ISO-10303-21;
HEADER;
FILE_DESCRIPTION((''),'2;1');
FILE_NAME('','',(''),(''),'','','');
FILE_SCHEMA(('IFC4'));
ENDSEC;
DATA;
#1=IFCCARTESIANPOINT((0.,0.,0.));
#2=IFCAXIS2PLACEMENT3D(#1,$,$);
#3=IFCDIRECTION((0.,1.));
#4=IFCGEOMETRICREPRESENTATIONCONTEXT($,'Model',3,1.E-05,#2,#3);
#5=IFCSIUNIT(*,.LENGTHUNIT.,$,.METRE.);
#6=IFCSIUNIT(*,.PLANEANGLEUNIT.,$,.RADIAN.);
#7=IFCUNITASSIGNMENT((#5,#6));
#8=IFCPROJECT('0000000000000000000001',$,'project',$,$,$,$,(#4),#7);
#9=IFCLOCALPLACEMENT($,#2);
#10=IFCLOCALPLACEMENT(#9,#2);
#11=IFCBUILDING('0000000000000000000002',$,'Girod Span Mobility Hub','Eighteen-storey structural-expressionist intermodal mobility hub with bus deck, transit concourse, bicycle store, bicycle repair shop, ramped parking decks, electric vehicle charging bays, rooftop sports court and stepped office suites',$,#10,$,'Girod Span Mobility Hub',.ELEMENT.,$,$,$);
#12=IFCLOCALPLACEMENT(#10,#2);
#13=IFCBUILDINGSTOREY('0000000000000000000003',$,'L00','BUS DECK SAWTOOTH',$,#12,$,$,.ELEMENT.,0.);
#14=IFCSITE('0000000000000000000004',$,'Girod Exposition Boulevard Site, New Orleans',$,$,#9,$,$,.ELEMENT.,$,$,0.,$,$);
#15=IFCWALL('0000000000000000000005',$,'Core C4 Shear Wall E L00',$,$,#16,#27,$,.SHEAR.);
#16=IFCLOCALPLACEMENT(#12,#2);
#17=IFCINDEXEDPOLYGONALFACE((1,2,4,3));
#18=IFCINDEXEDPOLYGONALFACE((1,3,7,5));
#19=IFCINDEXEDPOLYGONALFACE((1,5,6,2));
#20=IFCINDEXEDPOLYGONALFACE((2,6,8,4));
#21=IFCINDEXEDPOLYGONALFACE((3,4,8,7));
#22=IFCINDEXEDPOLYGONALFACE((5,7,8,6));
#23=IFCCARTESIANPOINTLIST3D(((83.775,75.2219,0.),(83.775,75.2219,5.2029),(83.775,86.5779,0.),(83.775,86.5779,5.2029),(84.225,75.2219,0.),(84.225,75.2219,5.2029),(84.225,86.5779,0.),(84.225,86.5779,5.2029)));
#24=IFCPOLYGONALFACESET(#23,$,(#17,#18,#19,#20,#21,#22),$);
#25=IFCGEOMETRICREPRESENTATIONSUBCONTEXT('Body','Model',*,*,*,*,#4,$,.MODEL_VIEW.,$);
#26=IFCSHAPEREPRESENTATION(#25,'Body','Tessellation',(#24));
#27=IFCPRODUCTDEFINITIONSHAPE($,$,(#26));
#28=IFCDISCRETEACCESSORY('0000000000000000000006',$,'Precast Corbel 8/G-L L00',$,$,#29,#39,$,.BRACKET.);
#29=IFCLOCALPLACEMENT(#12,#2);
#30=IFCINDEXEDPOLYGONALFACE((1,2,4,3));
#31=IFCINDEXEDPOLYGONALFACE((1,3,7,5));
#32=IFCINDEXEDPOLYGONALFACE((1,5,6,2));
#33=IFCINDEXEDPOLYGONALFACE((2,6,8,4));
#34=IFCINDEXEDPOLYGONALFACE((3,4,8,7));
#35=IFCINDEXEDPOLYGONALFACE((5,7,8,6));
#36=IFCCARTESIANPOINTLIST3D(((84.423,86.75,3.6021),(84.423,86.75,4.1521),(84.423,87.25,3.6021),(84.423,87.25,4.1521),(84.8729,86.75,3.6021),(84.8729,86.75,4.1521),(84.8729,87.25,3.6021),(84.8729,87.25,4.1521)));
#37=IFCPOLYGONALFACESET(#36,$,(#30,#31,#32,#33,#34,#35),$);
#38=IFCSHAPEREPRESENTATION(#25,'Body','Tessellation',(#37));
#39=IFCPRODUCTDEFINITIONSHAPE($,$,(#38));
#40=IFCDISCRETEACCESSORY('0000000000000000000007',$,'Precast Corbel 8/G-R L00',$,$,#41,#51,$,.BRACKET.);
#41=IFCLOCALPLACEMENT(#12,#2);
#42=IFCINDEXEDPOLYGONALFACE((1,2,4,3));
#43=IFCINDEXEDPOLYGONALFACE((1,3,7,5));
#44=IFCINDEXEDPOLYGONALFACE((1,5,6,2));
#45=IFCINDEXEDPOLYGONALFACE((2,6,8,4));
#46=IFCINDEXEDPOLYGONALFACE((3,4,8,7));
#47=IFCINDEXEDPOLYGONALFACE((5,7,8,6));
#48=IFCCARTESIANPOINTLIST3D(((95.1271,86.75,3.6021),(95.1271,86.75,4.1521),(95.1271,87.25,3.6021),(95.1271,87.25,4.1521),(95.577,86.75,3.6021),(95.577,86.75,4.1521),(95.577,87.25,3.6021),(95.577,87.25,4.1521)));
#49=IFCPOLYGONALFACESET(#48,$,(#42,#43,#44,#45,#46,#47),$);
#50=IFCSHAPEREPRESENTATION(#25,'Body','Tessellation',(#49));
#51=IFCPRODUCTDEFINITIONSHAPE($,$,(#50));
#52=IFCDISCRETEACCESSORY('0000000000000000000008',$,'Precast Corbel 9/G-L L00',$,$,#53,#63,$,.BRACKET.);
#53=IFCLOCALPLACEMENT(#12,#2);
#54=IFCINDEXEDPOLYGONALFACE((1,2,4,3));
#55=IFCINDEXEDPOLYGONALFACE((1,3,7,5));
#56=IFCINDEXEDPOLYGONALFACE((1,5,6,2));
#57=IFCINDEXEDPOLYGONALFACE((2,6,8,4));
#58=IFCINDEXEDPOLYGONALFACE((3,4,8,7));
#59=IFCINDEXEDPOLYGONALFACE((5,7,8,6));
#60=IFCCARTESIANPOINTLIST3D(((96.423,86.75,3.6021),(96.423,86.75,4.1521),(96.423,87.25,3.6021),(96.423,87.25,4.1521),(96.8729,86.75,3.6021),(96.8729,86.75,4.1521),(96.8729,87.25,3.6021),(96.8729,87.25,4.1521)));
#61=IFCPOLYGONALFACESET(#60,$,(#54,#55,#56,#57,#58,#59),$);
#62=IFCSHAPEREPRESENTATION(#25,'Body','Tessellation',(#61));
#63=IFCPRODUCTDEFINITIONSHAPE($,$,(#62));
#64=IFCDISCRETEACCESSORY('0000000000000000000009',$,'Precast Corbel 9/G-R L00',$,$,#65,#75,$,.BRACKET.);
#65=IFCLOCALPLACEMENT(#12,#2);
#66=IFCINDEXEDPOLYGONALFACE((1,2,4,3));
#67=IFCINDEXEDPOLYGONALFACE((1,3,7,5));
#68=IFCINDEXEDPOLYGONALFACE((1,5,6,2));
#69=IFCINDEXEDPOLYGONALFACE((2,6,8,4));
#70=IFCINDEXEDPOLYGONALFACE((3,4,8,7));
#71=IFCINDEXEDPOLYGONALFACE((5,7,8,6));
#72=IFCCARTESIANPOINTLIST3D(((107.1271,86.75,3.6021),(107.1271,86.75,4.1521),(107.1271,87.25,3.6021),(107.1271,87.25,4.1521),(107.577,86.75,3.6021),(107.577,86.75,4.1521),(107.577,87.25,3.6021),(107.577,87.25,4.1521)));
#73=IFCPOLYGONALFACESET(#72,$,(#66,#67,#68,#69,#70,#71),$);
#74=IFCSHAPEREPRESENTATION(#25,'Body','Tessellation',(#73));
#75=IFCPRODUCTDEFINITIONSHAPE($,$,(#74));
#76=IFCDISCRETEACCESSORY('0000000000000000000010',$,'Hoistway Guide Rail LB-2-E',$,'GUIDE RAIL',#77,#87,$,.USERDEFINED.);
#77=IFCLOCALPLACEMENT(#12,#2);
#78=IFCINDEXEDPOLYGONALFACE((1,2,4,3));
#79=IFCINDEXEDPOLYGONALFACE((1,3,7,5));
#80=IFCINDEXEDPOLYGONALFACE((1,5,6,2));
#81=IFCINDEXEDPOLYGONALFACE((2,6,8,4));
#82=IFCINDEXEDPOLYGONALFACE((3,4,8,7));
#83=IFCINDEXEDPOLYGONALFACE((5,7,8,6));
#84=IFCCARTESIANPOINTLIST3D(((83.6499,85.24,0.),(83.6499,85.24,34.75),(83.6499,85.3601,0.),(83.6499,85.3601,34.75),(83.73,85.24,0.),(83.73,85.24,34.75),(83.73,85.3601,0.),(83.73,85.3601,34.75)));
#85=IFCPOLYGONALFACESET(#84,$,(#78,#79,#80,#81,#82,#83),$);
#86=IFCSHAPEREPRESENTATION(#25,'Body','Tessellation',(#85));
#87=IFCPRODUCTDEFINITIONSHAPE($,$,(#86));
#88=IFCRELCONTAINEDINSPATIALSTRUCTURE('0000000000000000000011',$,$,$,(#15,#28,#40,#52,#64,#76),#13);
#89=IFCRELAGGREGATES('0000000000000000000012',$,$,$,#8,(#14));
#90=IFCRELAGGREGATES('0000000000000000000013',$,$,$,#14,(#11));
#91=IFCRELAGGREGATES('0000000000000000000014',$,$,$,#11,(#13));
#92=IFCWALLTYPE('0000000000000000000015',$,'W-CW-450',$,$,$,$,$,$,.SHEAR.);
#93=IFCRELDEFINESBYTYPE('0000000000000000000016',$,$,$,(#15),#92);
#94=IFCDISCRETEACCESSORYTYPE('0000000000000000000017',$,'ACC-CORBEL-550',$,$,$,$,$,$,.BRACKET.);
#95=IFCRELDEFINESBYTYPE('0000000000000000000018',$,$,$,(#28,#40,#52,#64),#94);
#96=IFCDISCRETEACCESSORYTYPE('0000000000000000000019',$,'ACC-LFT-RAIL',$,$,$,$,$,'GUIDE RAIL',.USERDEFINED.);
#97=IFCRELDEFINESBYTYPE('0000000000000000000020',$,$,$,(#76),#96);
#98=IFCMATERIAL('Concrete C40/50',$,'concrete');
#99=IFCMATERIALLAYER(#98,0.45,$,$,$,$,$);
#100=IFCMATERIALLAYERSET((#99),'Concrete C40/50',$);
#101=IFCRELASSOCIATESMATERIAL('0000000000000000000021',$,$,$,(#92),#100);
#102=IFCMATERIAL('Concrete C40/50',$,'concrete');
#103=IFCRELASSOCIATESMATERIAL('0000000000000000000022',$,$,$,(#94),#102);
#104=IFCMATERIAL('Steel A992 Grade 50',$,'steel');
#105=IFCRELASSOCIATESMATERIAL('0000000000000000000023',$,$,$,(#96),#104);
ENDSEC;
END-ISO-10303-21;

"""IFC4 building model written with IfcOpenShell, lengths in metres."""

from ifc_helpers import new_model, si_unit, direction, frame, frame_2d, origin, origin_2d, place, context, subcontext, project, spatial, rectangle, extrude, material, layer, layer_set, type_object, element, save


model = new_model("IFC4")

# Units and contexts
model_context = context("Model", 3, precision=1e-05, world=origin(), true_north=direction((0.0, 1.0)))
body_context = subcontext(model_context, "Body", "Model", "MODEL_VIEW")
ifc_project = project(units=[si_unit("LENGTHUNIT", "METRE"), si_unit("PLANEANGLEUNIT", "RADIAN")], contexts=[model_context])

# Site, building, storey
site_placement = place(None, origin())
site = spatial("IfcSite", under=ifc_project, at=site_placement, Name="Girod Exposition Boulevard Site, New Orleans", CompositionType="ELEMENT", RefElevation=0.0)
building_placement = place(site_placement, origin())
building = spatial("IfcBuilding", under=site, at=building_placement, Name="Girod Span Mobility Hub", Description="Eighteen-storey structural-expressionist intermodal mobility hub with bus deck, transit concourse, bicycle store, bicycle repair shop, ramped parking decks, electric vehicle charging bays, rooftop sports court and stepped office suites", LongName="Girod Span Mobility Hub", CompositionType="ELEMENT")
storey_placement = place(building_placement, origin())
storey = spatial("IfcBuildingStorey", under=building, at=storey_placement, Name="L00", Description="BUS DECK SAWTOOTH", CompositionType="ELEMENT", Elevation=0.0)

# Wall
ifc_material_1 = material(Name="Concrete C40/50", Category="concrete")
ifc_layer = layer(ifc_material_1, 0.45)
ifc_layer_set = layer_set([ifc_layer], Name="Concrete C40/50")
wall_type = type_object("IfcWallType", Name="W-CW-450", PredefinedType="SHEAR", material=ifc_layer_set)
wall_placement = place(storey_placement, frame((84.0, 75.2219, 0.0), z_axis=(0.0, 0.0, 1.0), x_axis=(0.0, 1.0, 0.0)))
element("IfcWall", 1, at=wall_placement, inside=storey, type_object=wall_type, Name="Core C4 Shear Wall E L00", PredefinedType="SHEAR", context=body_context, shape_type="SweptSolid", body=[
    extrude(rectangle(XDim=11.356, YDim=0.45, at=frame_2d((5.678, 0.0))), origin(), (0.0, 0.0, 1.0), 5.2029),
])

# Discrete accessories
ifc_material_2 = material(Name="Concrete C40/50", Category="concrete")
discrete_accessory_type_1 = type_object("IfcDiscreteAccessoryType", Name="ACC-CORBEL-550", PredefinedType="BRACKET", material=ifc_material_2)
for number, where, z_axis, x_axis, name in (
    (2, (84.6479, 87.0, 3.6021), (0.0, 0.0, 1.0), (1.0, 0.0, 0.0), "Precast Corbel 8/G-L L00"),
    (3, (95.3521, 87.0, 3.6021), (0.0, 0.0, 1.0), (1.0, 0.0, 0.0), "Precast Corbel 8/G-R L00"),
    (4, (96.6479, 87.0, 3.6021), (0.0, 0.0, 1.0), (1.0, 0.0, 0.0), "Precast Corbel 9/G-L L00"),
    (5, (107.3521, 87.0, 3.6021), (0.0, 0.0, 1.0), (1.0, 0.0, 0.0), "Precast Corbel 9/G-R L00"),
):
    element("IfcDiscreteAccessory", number, at=place(storey_placement, frame(where, z_axis=z_axis, x_axis=x_axis)), inside=storey, type_object=discrete_accessory_type_1, Name=name, PredefinedType="BRACKET", context=body_context, shape_type="SweptSolid", body=[
        extrude(rectangle(XDim=0.45, YDim=0.5, at=origin_2d()), origin(), (0.0, 0.0, 1.0), 0.55),
    ])
ifc_material_3 = material(Name="Steel A992 Grade 50", Category="steel")
discrete_accessory_type_2 = type_object("IfcDiscreteAccessoryType", Name="ACC-LFT-RAIL", ElementType="GUIDE RAIL", PredefinedType="USERDEFINED", material=ifc_material_3)
discrete_accessory_placement = place(storey_placement, frame((83.6899, 85.3, 0.0), z_axis=(0.0, 0.0, 1.0), x_axis=(1.0, 0.0, 0.0)))
element("IfcDiscreteAccessory", 6, at=discrete_accessory_placement, inside=storey, type_object=discrete_accessory_type_2, Name="Hoistway Guide Rail LB-2-E", ObjectType="GUIDE RAIL", PredefinedType="USERDEFINED", context=body_context, shape_type="SweptSolid", body=[
    extrude(rectangle(XDim=0.0801, YDim=0.1201, at=origin_2d()), origin(), (0.0, 0.0, 1.0), 34.75),
])

save(model, "model.ifc")
